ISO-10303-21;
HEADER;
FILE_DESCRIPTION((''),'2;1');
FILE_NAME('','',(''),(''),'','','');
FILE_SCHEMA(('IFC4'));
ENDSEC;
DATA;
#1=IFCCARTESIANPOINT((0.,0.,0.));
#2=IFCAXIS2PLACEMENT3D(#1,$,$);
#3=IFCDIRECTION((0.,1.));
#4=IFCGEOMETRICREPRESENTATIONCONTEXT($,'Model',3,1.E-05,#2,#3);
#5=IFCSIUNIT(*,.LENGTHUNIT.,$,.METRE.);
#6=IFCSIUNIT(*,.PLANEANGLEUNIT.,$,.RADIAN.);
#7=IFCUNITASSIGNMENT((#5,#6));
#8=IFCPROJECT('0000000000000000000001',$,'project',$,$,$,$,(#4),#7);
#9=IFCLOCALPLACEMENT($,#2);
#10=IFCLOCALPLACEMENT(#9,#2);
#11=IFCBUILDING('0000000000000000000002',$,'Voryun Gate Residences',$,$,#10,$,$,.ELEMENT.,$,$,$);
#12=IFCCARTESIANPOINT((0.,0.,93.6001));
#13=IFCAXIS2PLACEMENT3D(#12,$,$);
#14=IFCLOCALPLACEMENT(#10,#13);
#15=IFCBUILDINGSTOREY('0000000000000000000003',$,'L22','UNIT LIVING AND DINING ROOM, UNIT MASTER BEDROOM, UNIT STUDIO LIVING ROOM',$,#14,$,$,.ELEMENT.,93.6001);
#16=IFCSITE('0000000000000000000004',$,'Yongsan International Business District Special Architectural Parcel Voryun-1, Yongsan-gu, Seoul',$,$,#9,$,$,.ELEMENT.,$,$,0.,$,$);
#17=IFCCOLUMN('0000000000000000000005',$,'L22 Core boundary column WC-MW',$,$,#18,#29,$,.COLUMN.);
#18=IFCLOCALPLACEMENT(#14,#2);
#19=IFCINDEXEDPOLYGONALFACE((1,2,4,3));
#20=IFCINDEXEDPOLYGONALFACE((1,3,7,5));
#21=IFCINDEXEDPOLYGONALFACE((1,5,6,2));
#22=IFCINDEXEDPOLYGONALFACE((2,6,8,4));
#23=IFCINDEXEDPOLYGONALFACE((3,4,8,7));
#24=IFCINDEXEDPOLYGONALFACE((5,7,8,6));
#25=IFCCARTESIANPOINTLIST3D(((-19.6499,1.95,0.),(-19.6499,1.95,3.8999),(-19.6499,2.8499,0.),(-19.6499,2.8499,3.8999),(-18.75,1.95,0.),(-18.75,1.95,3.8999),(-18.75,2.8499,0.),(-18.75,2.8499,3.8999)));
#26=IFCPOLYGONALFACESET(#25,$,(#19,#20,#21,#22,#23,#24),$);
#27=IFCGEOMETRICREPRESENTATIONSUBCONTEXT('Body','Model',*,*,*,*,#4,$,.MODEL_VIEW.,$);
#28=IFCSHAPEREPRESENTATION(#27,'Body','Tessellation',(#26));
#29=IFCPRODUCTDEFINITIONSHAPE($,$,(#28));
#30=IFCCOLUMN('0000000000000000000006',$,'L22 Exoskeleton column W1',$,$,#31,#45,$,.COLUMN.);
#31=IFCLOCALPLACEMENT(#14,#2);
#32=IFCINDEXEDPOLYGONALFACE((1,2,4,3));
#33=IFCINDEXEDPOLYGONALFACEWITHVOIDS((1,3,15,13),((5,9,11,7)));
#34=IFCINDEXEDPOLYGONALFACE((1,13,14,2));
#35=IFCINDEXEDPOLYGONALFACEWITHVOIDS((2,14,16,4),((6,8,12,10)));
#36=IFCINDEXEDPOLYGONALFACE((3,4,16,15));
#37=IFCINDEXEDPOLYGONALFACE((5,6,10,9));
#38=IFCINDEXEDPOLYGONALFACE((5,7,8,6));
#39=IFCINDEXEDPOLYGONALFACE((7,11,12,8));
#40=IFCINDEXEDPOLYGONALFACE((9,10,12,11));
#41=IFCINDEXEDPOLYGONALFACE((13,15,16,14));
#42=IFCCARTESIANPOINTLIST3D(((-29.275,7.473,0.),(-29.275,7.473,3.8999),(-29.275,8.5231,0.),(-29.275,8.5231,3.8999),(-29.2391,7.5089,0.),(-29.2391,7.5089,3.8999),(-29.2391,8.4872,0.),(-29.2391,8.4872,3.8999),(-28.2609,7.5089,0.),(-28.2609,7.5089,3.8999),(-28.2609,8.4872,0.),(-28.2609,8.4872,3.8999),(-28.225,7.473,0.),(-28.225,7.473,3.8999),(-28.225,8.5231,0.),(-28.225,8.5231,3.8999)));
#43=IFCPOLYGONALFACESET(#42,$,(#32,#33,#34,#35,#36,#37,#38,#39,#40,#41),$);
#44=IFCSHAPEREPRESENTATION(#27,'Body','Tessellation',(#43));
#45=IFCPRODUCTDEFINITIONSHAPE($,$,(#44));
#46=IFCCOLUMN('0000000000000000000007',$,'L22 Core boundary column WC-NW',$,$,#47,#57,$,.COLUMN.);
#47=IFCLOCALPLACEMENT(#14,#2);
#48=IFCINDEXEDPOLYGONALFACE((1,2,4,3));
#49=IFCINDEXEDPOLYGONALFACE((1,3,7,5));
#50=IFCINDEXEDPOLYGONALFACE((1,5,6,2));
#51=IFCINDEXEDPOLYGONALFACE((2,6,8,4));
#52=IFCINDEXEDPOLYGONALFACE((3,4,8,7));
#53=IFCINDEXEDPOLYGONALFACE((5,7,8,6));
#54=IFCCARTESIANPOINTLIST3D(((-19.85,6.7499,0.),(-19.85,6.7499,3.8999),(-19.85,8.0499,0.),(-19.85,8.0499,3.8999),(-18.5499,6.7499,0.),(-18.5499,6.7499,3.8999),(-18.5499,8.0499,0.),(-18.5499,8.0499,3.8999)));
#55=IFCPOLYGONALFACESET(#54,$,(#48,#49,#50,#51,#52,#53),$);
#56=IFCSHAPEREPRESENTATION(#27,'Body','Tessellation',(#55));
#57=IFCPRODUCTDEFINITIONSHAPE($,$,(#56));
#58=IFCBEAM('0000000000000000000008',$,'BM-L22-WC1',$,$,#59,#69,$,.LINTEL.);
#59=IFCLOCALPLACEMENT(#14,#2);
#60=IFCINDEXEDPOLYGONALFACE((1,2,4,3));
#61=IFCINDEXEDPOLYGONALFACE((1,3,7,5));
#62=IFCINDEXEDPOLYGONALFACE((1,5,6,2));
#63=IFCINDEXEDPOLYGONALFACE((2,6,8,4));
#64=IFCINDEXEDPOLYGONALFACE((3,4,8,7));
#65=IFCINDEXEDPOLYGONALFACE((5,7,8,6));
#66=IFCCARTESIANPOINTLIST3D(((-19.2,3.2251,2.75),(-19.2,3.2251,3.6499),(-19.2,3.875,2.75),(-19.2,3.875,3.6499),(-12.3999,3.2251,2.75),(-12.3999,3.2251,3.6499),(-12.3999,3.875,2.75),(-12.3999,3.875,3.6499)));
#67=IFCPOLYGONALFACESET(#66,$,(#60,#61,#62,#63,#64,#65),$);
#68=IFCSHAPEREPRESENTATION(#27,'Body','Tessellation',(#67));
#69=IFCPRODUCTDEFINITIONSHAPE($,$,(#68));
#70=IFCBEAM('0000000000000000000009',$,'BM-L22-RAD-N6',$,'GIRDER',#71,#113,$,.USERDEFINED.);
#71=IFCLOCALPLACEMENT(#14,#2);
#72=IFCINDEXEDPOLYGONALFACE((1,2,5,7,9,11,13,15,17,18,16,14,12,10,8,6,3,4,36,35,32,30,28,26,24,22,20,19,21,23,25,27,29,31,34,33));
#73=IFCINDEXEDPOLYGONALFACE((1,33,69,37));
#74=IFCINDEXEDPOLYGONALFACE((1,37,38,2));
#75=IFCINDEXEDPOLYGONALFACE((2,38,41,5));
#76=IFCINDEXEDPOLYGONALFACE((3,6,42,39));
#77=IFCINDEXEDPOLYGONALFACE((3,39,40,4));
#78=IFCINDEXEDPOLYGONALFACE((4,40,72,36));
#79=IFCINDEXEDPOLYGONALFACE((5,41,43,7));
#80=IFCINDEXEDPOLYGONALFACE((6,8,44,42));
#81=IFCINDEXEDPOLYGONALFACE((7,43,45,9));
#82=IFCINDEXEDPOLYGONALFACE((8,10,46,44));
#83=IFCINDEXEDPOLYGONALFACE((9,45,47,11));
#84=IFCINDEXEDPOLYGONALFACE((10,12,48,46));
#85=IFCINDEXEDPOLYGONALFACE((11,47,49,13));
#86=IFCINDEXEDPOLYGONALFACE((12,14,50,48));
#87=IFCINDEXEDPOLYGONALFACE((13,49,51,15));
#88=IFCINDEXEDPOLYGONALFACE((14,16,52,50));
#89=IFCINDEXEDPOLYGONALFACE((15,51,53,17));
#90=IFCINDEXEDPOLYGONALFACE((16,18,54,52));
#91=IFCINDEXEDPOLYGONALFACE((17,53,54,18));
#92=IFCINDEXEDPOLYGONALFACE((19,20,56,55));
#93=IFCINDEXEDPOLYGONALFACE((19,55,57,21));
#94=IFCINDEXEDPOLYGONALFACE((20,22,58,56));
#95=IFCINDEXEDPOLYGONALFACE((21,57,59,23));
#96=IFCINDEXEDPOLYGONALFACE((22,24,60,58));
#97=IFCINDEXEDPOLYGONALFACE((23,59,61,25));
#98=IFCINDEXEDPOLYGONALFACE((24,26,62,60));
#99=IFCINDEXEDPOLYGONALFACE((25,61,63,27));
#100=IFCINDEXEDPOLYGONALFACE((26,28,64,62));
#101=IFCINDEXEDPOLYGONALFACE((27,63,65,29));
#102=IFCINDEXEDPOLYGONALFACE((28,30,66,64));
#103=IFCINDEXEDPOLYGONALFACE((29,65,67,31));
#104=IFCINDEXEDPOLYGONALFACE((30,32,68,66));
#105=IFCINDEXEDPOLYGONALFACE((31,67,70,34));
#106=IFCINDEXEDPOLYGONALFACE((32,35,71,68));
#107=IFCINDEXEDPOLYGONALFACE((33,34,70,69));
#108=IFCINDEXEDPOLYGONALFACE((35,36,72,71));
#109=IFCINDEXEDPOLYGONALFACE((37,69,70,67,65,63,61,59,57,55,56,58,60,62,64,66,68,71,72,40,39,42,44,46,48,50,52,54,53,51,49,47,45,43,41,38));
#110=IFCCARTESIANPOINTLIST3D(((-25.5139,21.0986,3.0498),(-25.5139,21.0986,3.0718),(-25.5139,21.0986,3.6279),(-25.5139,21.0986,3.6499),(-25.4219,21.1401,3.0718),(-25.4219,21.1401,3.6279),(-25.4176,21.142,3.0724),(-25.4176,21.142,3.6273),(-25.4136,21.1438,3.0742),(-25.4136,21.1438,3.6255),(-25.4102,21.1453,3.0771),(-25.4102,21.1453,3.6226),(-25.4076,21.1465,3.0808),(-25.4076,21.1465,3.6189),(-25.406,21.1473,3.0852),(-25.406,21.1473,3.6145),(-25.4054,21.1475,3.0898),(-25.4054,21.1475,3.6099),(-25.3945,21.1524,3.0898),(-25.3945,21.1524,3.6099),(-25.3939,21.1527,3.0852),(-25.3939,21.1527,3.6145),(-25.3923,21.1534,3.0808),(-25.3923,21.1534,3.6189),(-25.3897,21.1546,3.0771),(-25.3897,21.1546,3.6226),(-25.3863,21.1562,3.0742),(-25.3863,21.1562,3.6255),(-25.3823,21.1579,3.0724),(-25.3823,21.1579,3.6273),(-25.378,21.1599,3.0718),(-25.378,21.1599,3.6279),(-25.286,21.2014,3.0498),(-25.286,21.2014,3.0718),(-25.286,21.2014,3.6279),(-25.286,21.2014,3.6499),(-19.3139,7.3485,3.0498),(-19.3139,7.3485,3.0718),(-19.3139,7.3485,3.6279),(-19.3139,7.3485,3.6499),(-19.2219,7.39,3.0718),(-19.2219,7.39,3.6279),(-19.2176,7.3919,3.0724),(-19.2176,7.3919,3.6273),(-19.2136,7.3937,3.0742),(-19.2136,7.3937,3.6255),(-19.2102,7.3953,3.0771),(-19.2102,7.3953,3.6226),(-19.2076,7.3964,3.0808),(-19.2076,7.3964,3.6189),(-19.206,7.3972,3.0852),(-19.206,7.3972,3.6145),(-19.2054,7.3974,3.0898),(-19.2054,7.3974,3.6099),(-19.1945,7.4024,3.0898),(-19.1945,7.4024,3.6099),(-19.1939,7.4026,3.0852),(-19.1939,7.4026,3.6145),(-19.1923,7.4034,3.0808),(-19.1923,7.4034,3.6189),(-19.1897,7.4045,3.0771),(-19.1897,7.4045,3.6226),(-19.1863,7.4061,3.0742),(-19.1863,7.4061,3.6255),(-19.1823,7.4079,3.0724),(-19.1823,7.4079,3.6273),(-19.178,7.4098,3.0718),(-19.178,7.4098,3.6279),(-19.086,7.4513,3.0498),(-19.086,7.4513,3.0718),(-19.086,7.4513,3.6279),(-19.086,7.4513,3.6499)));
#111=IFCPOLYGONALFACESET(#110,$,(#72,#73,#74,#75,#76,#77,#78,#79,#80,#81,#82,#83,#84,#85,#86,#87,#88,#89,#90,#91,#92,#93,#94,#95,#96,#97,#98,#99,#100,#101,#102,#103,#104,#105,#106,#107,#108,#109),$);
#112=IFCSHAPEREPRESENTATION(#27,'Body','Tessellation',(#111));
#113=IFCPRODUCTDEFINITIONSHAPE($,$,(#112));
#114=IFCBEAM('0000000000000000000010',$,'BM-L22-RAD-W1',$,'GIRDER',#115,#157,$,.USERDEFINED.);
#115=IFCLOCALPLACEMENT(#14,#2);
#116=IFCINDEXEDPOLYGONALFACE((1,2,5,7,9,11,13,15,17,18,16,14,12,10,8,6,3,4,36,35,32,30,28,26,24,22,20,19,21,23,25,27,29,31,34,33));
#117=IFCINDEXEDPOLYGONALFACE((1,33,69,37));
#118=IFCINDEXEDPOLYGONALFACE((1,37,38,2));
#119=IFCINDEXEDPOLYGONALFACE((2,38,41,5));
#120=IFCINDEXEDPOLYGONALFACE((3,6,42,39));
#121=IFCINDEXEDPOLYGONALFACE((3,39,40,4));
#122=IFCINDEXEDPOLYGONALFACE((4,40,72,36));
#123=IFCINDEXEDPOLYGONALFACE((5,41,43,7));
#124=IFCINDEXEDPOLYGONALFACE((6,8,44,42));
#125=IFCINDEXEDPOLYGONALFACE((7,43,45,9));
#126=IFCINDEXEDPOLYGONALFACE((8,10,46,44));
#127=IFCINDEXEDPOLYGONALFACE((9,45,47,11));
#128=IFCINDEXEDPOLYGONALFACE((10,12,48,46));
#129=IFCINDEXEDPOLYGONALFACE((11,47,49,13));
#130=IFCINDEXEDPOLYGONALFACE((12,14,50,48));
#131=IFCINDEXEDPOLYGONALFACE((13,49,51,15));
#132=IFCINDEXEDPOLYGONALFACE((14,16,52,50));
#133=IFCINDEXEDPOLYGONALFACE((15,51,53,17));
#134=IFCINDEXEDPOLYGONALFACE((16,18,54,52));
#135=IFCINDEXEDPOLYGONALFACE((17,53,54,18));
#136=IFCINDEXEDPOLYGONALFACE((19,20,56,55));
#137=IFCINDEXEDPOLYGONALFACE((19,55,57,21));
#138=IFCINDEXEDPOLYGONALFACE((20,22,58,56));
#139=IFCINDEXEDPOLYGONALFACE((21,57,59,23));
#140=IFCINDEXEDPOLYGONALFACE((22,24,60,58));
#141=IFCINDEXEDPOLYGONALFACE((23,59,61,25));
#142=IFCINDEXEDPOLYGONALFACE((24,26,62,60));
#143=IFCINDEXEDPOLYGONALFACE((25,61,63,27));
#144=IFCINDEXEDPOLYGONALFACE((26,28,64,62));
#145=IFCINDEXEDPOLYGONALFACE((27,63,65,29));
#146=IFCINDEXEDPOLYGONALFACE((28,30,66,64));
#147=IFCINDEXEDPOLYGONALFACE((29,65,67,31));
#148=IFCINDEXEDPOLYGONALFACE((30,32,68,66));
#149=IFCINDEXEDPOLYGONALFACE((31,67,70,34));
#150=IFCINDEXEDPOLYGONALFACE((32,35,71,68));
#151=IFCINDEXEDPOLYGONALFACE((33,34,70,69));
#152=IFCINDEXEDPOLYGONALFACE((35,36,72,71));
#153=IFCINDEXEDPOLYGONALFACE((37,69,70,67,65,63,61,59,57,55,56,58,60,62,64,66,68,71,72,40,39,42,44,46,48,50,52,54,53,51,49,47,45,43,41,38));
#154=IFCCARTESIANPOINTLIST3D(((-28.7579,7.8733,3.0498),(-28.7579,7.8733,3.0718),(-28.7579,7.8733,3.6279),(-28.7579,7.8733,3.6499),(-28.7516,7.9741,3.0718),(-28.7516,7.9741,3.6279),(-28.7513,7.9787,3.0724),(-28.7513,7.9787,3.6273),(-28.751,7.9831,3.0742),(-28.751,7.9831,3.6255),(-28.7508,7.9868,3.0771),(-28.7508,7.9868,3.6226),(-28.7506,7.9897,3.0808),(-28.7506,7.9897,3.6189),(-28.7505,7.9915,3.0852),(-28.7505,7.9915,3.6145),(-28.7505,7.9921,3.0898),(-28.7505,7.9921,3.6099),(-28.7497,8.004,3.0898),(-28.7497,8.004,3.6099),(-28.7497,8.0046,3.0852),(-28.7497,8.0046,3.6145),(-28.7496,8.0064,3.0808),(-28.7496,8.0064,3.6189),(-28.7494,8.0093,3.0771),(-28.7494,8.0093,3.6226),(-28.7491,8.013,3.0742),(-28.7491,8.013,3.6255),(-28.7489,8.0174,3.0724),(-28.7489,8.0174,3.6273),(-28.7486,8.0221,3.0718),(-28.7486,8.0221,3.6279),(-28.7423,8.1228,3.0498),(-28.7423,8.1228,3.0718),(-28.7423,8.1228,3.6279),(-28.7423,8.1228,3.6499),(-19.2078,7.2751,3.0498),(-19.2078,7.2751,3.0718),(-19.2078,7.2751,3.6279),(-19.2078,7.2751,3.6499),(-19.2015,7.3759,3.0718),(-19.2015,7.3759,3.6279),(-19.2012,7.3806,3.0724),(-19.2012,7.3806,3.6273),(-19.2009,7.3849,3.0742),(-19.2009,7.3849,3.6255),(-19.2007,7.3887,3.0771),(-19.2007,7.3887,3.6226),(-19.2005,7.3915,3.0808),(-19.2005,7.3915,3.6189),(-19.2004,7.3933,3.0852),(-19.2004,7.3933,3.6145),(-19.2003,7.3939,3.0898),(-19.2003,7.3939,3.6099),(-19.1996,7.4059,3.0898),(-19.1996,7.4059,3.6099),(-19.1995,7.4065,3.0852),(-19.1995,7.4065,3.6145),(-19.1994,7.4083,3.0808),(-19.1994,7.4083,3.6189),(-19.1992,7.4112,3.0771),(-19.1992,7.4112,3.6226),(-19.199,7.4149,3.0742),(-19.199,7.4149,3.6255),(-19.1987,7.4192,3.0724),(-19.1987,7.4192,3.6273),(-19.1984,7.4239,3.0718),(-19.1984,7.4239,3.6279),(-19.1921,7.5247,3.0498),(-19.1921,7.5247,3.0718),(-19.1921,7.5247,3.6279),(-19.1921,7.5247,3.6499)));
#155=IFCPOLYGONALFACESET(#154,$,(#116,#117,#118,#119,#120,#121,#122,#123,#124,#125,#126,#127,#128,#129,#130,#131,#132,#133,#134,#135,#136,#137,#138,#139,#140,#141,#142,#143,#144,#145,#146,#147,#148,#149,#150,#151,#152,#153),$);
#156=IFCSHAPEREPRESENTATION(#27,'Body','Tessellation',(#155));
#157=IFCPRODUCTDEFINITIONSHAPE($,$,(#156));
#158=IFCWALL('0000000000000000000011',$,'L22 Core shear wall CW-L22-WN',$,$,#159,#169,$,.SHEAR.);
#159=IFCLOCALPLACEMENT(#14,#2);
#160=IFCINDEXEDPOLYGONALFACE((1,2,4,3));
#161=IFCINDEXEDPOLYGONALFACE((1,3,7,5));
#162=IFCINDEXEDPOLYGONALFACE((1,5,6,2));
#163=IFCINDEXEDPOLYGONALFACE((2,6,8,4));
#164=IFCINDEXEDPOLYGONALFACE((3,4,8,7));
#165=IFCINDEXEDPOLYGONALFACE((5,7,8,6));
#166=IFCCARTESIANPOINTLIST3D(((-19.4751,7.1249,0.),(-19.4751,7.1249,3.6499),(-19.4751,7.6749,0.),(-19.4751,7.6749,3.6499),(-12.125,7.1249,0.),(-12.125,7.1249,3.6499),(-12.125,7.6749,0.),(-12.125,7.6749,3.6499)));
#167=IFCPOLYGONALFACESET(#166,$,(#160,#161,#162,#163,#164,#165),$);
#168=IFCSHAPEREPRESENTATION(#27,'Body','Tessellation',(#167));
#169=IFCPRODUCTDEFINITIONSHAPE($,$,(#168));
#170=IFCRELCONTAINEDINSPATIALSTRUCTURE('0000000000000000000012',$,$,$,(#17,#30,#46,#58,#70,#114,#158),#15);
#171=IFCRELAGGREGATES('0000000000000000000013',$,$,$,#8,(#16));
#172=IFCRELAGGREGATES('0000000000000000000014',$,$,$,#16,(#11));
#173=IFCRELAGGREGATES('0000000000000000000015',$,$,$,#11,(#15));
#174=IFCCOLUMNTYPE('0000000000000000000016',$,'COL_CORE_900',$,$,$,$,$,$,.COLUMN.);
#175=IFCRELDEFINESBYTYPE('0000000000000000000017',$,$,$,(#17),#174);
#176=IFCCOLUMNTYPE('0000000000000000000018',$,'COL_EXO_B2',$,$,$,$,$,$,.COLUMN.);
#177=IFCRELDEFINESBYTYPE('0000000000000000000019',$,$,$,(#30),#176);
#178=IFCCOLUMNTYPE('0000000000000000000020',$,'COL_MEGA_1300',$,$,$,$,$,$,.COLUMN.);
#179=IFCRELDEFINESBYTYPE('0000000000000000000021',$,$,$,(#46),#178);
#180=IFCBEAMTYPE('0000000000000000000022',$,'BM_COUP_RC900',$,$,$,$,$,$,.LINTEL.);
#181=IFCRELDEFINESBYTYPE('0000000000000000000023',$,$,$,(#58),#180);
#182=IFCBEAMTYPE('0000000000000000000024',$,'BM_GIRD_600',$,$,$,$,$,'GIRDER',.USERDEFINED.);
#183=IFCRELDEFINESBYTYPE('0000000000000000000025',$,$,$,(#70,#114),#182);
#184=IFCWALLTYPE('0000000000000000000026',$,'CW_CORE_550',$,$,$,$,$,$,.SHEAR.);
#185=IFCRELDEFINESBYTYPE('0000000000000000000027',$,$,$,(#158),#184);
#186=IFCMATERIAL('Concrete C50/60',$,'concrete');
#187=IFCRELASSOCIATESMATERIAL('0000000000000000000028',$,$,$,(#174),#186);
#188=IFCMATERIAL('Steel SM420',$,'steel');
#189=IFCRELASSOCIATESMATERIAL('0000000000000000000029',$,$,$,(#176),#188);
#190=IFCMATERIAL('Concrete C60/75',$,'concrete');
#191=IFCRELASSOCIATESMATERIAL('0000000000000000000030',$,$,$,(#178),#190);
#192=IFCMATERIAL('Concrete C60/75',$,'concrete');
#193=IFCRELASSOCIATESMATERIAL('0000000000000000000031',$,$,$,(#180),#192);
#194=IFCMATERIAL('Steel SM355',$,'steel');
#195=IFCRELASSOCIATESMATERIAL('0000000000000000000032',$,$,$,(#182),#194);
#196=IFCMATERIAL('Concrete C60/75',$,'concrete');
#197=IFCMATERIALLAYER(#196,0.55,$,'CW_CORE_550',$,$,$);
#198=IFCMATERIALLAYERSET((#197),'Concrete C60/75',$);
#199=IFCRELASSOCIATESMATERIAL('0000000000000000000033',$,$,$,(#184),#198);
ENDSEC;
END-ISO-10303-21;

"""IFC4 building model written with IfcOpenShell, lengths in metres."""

from ifc_helpers import new_model, si_unit, direction, frame, frame_2d, origin, origin_2d, place, context, subcontext, project, spatial, rectangle, hollow_rectangle, i_section, extrude, material, layer, layer_set, material_profile, profile_set, type_object, element, save


model = new_model("IFC4")

# Units and contexts
model_context = context("Model", 3, precision=1e-05, world=origin(), true_north=direction((0.0, 1.0)))
body_context = subcontext(model_context, "Body", "Model", "MODEL_VIEW")
ifc_project = project(units=[si_unit("LENGTHUNIT", "METRE"), si_unit("PLANEANGLEUNIT", "RADIAN")], contexts=[model_context])

# Site, building, storey
site_placement = place(None, origin())
site = spatial("IfcSite", under=ifc_project, at=site_placement, Name="Yongsan International Business District Special Architectural Parcel Voryun-1, Yongsan-gu, Seoul", CompositionType="ELEMENT", RefElevation=0.0)
building_placement = place(site_placement, origin())
building = spatial("IfcBuilding", under=site, at=building_placement, Name="Voryun Gate Residences", CompositionType="ELEMENT")
storey_placement = place(building_placement, frame((0.0, 0.0, 93.6001)))
storey = spatial("IfcBuildingStorey", under=building, at=storey_placement, Name="L22", Description="UNIT LIVING AND DINING ROOM, UNIT MASTER BEDROOM, UNIT STUDIO LIVING ROOM", CompositionType="ELEMENT", Elevation=93.6001)

# Columns
ifc_material_1 = material(Name="Concrete C50/60", Category="concrete")
ifc_material_profile_1 = material_profile(ifc_material_1, rectangle(XDim=0.8999, YDim=0.8999, at=origin_2d()), Name="RC-900x900")
ifc_profile_set_1 = profile_set([ifc_material_profile_1], Name="Concrete C50/60")
column_type_1 = type_object("IfcColumnType", Name="COL_CORE_900", PredefinedType="COLUMN", material=ifc_profile_set_1)
column_1_placement = place(storey_placement, frame((-19.2, 2.3999, 0.0), z_axis=(0.0, 0.0, 1.0), x_axis=(1.0, 0.0, 0.0)))
element("IfcColumn", 1, at=column_1_placement, inside=storey, type_object=column_type_1, Name="L22 Core boundary column WC-MW", PredefinedType="COLUMN", context=body_context, shape_type="SweptSolid", body=[
    extrude(rectangle(XDim=0.8999, YDim=0.8999, at=origin_2d()), origin(), (0.0, 0.0, 1.0), 3.8999),
])
ifc_material_2 = material(Name="Steel SM420", Category="steel")
ifc_material_profile_2 = material_profile(ifc_material_2, hollow_rectangle(XDim=1.05, YDim=1.05, WallThickness=0.0359, at=origin_2d()), Name="BOX-1050x1050x36")
ifc_profile_set_2 = profile_set([ifc_material_profile_2], Name="Steel SM420")
column_type_2 = type_object("IfcColumnType", Name="COL_EXO_B2", PredefinedType="COLUMN", material=ifc_profile_set_2)
column_2_placement = place(storey_placement, frame((-28.75, 7.998, 0.0), z_axis=(0.0, 0.0, 1.0), x_axis=(1.0, 0.0, 0.0)))
element("IfcColumn", 2, at=column_2_placement, inside=storey, type_object=column_type_2, Name="L22 Exoskeleton column W1", PredefinedType="COLUMN", context=body_context, shape_type="SweptSolid", body=[
    extrude(hollow_rectangle(XDim=1.05, YDim=1.05, WallThickness=0.0359, at=origin_2d()), origin(), (0.0, 0.0, 1.0), 3.8999),
])
ifc_material_3 = material(Name="Concrete C60/75", Category="concrete")
ifc_material_profile_3 = material_profile(ifc_material_3, rectangle(XDim=1.3, YDim=1.3, at=origin_2d()), Name="RC-1300x1300")
ifc_profile_set_3 = profile_set([ifc_material_profile_3], Name="Concrete C60/75")
column_type_3 = type_object("IfcColumnType", Name="COL_MEGA_1300", PredefinedType="COLUMN", material=ifc_profile_set_3)
column_3_placement = place(storey_placement, frame((-19.2, 7.3999, 0.0), z_axis=(0.0, 0.0, 1.0), x_axis=(1.0, 0.0, 0.0)))
element("IfcColumn", 3, at=column_3_placement, inside=storey, type_object=column_type_3, Name="L22 Core boundary column WC-NW", PredefinedType="COLUMN", context=body_context, shape_type="SweptSolid", body=[
    extrude(rectangle(XDim=1.3, YDim=1.3, at=origin_2d()), origin(), (0.0, 0.0, 1.0), 3.8999),
])

# Beams
ifc_material_4 = material(Name="Concrete C60/75", Category="concrete")
ifc_material_profile_4 = material_profile(ifc_material_4, rectangle(XDim=0.6499, YDim=0.8999, at=origin_2d()), Name="RC-650x900")
ifc_profile_set_4 = profile_set([ifc_material_profile_4], Name="Concrete C60/75")
beam_type_1 = type_object("IfcBeamType", Name="BM_COUP_RC900", PredefinedType="LINTEL", material=ifc_profile_set_4)
beam_1_placement = place(storey_placement, frame((-19.2, 3.55, 3.2), z_axis=(1.0, 0.0, 0.0), x_axis=(0.0, 1.0, 0.0)))
element("IfcBeam", 4, at=beam_1_placement, inside=storey, type_object=beam_type_1, Name="BM-L22-WC1", PredefinedType="LINTEL", context=body_context, shape_type="SweptSolid", body=[
    extrude(rectangle(XDim=0.6499, YDim=0.8999, at=origin_2d()), origin(), (0.0, 0.0, 1.0), 6.8),
])
ifc_material_5 = material(Name="Steel SM355", Category="steel")
ifc_material_profile_5 = material_profile(ifc_material_5, i_section(OverallWidth=0.25, OverallDepth=0.6001, WebThickness=0.012, FlangeThickness=0.022, FilletRadius=0.0181, at=origin_2d()), Name="H-600x250x12x22")
ifc_profile_set_5 = profile_set([ifc_material_profile_5], Name="Steel SM355")
beam_type_2 = type_object("IfcBeamType", Name="BM_GIRD_600", ElementType="GIRDER", PredefinedType="USERDEFINED", material=ifc_profile_set_5)
beam_2_placement = place(storey_placement, frame((-19.2, 7.3999, 3.3499), z_axis=(-0.411051, 0.911612, 0.0), x_axis=(-0.911612, -0.411051, 0.0)))
element("IfcBeam", 5, at=beam_2_placement, inside=storey, type_object=beam_type_2, Name="BM-L22-RAD-N6", ObjectType="GIRDER", PredefinedType="USERDEFINED", context=body_context, shape_type="SweptSolid", body=[
    extrude(i_section(OverallWidth=0.25, OverallDepth=0.6001, WebThickness=0.012, FlangeThickness=0.022, FilletRadius=0.0181, at=origin_2d()), origin(), (0.0, 0.0, 1.0), 15.0833),
])
beam_3_placement = place(storey_placement, frame((-19.2, 7.3999, 3.3499), z_axis=(-0.998044, 0.06251, 0.0), x_axis=(-0.06251, -0.998044, 0.0)))
element("IfcBeam", 6, at=beam_3_placement, inside=storey, type_object=beam_type_2, Name="BM-L22-RAD-W1", ObjectType="GIRDER", PredefinedType="USERDEFINED", context=body_context, shape_type="SweptSolid", body=[
    extrude(i_section(OverallWidth=0.25, OverallDepth=0.6001, WebThickness=0.012, FlangeThickness=0.022, FilletRadius=0.0181, at=origin_2d()), origin(), (0.0, 0.0, 1.0), 9.5688),
])

# Wall
ifc_material_6 = material(Name="Concrete C60/75", Category="concrete")
ifc_layer_1 = layer(ifc_material_6, 0.55, Name="CW_CORE_550")
ifc_layer_set_1 = layer_set([ifc_layer_1], Name="Concrete C60/75")
wall_type_1 = type_object("IfcWallType", Name="CW_CORE_550", PredefinedType="SHEAR", material=ifc_layer_set_1)
wall_1_placement = place(storey_placement, frame((-19.4751, 7.3999, 0.0), z_axis=(0.0, 0.0, 1.0), x_axis=(1.0, 0.0, 0.0)))
element("IfcWall", 7, at=wall_1_placement, inside=storey, type_object=wall_type_1, Name="L22 Core shear wall CW-L22-WN", PredefinedType="SHEAR", context=body_context, shape_type="SweptSolid", body=[
    extrude(rectangle(XDim=7.3501, YDim=0.55, at=frame_2d((3.675, 0.0))), origin(), (0.0, 0.0, 1.0), 3.6499),
])

save(model, "model.ifc")
